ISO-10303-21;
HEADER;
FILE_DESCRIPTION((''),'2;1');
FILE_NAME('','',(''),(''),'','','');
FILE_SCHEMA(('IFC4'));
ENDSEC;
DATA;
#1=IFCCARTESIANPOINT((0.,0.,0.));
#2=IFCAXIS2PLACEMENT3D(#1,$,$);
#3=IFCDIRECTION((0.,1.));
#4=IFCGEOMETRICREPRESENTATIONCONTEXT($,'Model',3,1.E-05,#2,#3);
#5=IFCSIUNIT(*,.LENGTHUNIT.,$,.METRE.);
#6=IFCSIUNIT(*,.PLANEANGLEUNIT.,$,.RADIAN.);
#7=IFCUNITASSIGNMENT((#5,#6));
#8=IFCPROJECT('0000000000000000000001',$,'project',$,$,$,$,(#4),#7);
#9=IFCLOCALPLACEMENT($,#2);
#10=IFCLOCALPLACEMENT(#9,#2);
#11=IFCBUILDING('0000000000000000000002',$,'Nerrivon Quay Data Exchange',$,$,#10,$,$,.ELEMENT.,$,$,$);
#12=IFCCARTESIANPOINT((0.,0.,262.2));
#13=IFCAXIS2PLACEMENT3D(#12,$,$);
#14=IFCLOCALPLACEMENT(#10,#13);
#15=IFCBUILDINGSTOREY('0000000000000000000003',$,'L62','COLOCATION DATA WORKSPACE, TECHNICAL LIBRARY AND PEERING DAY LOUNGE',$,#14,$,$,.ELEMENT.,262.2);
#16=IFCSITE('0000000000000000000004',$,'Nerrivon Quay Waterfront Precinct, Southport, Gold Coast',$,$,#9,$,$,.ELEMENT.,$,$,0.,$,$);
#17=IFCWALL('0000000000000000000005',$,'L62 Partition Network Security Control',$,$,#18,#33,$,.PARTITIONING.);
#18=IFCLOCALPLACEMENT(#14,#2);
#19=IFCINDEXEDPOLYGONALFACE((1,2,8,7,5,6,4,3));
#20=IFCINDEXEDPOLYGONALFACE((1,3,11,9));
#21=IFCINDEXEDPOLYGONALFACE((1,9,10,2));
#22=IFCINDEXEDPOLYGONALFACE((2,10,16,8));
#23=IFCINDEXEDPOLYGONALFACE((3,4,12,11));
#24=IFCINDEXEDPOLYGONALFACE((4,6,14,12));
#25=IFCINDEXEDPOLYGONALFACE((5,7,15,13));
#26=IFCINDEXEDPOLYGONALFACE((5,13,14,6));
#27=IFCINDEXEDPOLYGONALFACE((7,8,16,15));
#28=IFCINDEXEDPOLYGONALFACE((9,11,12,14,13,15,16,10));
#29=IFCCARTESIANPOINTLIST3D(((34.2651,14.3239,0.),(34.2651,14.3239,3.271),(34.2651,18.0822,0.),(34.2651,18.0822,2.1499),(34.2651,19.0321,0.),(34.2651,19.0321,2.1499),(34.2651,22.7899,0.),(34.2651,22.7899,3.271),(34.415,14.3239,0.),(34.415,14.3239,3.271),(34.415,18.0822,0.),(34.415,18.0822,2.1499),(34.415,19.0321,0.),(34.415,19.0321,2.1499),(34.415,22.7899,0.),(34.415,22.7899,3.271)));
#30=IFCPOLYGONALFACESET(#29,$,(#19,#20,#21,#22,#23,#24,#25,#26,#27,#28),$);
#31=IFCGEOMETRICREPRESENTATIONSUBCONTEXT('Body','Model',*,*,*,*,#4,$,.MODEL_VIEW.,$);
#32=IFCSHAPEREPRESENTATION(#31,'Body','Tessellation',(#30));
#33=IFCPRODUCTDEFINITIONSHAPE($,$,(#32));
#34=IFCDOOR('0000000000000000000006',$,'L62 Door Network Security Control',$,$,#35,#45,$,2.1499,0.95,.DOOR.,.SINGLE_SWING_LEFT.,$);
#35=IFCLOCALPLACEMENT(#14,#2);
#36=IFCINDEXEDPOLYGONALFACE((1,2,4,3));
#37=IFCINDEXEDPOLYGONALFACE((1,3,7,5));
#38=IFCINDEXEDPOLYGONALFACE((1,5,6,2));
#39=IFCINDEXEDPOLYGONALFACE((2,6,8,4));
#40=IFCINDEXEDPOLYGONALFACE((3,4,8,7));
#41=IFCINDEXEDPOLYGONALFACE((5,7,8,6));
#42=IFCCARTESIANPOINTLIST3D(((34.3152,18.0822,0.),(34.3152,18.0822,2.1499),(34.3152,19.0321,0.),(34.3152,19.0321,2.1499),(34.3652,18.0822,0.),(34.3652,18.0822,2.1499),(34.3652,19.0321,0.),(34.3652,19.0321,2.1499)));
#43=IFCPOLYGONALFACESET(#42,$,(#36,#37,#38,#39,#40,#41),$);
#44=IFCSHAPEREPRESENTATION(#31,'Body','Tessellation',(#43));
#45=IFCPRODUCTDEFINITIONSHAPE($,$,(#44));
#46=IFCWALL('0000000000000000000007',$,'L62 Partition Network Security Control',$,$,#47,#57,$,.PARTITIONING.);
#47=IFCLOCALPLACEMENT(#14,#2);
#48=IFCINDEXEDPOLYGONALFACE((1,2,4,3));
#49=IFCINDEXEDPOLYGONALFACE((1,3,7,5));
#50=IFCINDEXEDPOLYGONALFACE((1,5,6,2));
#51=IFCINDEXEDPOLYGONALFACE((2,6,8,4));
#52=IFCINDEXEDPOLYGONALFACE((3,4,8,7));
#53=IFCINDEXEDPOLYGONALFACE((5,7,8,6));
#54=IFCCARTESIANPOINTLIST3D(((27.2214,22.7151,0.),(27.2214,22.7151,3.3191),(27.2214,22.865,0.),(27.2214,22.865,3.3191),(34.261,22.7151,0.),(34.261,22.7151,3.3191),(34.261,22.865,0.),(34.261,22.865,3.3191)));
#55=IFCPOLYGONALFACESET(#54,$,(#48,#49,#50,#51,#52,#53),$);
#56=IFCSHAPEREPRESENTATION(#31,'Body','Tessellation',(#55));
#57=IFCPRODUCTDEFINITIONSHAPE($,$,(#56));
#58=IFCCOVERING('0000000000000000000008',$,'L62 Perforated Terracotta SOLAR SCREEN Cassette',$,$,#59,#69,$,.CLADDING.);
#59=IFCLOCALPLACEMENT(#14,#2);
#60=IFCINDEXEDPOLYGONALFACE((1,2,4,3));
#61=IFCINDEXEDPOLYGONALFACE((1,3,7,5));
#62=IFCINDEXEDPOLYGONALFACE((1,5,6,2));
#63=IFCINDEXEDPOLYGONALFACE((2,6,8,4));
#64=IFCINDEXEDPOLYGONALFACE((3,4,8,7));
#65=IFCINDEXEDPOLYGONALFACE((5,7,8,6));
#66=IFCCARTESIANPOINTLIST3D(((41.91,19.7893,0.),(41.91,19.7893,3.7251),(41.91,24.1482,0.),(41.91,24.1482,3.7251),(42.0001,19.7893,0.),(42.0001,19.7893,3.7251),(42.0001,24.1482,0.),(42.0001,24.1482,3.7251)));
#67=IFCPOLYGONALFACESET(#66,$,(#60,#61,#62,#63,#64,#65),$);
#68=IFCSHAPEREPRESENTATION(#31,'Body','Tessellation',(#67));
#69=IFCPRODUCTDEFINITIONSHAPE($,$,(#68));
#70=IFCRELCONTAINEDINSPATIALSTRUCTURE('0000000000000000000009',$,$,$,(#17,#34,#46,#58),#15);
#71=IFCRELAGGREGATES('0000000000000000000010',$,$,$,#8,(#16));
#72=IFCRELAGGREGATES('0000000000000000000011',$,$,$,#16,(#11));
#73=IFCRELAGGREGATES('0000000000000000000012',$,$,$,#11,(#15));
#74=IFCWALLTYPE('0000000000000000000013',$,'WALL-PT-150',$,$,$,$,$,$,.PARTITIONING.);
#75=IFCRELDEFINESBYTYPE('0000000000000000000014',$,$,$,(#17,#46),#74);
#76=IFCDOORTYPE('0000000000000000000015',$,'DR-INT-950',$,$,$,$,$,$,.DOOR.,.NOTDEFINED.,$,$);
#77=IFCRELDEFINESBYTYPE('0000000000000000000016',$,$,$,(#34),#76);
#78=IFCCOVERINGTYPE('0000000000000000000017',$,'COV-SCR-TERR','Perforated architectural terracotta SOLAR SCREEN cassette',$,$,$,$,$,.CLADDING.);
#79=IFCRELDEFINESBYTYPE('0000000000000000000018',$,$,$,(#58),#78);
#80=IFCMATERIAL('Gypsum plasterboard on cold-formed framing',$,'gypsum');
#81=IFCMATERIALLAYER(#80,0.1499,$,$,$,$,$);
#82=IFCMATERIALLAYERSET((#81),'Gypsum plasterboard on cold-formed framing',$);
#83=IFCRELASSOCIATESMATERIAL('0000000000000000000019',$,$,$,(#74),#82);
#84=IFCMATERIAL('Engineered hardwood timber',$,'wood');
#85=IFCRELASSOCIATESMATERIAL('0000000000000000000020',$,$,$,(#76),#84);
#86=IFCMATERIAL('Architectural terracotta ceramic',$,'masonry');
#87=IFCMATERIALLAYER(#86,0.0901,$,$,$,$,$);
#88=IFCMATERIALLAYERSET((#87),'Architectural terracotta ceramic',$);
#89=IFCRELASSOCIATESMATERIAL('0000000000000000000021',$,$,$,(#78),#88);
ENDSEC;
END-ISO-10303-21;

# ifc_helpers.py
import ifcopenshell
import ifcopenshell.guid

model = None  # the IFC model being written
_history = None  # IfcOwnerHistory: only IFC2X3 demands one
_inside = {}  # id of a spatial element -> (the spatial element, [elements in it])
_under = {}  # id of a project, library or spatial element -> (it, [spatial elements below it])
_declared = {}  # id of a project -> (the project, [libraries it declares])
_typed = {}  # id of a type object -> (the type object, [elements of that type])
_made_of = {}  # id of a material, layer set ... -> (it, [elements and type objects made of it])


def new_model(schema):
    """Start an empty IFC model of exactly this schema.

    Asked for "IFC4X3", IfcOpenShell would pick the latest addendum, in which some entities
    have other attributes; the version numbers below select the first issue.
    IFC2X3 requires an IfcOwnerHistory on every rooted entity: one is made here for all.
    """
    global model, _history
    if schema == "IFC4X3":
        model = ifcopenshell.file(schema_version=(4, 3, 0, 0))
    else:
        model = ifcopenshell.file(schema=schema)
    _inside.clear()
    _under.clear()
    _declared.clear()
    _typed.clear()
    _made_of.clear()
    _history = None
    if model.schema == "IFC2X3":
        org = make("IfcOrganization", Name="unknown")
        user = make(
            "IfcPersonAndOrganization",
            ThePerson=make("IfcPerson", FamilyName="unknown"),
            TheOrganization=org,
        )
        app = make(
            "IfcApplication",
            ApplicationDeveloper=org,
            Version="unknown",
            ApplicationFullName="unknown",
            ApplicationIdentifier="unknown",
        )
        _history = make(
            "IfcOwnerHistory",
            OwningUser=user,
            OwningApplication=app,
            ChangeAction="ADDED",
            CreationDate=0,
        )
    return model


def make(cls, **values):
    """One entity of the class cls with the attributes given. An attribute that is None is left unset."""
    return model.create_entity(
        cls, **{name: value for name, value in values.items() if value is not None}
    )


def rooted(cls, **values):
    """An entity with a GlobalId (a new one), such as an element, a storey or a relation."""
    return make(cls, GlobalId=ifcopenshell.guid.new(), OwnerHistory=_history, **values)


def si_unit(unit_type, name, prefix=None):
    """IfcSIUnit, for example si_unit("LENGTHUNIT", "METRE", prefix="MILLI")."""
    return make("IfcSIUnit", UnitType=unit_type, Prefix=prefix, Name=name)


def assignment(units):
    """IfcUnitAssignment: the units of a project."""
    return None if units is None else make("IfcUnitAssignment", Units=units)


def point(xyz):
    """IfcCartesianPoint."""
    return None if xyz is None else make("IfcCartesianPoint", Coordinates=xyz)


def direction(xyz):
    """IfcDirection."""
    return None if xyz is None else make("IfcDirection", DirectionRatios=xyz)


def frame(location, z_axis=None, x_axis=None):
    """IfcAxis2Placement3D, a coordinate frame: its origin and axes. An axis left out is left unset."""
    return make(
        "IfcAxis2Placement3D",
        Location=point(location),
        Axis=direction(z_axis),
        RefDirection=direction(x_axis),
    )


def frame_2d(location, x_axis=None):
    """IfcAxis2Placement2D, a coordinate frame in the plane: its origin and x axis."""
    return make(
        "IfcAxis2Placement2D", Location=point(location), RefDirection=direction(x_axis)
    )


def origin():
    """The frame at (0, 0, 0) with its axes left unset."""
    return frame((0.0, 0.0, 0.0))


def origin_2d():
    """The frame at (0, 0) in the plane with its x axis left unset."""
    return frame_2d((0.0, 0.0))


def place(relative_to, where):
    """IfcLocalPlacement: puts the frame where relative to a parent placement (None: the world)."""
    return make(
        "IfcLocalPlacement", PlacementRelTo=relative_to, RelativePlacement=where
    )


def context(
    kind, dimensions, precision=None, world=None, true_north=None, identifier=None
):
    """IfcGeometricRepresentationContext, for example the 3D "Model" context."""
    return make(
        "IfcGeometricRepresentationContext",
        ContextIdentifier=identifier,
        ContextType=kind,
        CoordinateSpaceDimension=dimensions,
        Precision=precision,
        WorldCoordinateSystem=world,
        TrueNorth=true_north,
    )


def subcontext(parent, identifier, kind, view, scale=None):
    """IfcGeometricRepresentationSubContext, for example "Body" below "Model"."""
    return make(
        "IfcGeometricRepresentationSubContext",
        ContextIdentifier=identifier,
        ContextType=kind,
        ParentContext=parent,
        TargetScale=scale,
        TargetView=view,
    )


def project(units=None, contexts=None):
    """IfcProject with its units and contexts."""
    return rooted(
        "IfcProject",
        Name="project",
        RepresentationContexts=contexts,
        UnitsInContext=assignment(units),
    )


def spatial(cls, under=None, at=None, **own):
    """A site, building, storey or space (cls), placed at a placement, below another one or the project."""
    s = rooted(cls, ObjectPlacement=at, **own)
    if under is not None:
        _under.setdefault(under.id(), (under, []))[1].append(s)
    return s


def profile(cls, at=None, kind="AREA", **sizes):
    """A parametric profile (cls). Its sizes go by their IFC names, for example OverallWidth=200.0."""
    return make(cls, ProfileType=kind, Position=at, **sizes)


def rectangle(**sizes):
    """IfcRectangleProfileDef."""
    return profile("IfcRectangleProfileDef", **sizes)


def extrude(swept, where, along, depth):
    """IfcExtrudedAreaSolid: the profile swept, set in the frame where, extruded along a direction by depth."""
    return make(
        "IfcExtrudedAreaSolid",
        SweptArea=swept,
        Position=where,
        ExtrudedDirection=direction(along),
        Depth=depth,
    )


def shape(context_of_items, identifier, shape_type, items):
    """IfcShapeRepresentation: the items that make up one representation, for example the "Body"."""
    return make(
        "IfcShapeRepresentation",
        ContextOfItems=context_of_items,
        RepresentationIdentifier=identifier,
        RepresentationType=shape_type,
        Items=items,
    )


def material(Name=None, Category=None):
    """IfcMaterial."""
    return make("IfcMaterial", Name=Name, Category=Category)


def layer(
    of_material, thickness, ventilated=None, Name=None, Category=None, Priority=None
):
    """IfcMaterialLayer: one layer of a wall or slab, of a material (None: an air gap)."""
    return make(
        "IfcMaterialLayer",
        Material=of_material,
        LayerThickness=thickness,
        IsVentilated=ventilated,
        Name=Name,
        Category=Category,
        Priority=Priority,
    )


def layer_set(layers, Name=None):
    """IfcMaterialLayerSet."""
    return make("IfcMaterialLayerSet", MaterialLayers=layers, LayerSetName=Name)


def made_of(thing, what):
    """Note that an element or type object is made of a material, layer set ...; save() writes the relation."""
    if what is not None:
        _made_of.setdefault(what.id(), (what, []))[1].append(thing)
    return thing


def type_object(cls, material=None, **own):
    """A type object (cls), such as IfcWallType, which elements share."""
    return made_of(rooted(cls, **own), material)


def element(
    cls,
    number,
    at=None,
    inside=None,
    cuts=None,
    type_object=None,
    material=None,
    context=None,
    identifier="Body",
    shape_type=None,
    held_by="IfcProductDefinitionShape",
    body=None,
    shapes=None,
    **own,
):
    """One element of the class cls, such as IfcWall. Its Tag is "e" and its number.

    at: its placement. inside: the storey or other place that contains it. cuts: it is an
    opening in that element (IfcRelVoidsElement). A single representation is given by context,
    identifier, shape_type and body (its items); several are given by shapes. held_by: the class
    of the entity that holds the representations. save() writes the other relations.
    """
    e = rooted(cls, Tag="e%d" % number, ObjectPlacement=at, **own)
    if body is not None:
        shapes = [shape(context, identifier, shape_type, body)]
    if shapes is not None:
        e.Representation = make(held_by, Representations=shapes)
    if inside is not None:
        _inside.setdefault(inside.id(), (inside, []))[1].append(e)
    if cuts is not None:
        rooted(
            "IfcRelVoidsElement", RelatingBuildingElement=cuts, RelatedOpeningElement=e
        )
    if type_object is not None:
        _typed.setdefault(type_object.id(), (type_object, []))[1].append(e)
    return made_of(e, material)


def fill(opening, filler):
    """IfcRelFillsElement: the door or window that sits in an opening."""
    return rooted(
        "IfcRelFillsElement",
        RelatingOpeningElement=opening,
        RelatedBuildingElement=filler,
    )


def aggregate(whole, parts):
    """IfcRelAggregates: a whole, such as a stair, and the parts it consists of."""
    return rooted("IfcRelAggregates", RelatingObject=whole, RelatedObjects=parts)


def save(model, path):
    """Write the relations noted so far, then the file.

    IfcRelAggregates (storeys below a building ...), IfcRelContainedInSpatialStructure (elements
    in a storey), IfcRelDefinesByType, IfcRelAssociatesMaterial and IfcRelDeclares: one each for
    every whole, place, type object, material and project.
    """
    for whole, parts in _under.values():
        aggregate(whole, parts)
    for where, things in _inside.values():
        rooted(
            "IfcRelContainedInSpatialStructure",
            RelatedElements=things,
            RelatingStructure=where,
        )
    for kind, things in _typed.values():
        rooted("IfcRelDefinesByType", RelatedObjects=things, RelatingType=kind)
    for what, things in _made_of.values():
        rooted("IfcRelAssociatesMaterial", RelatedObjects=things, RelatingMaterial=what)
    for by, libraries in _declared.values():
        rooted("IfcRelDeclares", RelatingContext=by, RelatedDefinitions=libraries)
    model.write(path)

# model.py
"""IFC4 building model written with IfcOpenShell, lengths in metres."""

from ifc_helpers import new_model, si_unit, direction, frame, frame_2d, origin, origin_2d, place, context, subcontext, project, spatial, rectangle, extrude, material, layer, layer_set, type_object, element, fill, save


model = new_model("IFC4")

# Units and contexts
model_context = context("Model", 3, precision=1e-05, world=origin(), true_north=direction((0.0, 1.0)))
body_context = subcontext(model_context, "Body", "Model", "MODEL_VIEW")
ifc_project = project(units=[si_unit("LENGTHUNIT", "METRE"), si_unit("PLANEANGLEUNIT", "RADIAN")], contexts=[model_context])

# Site, building, storey
site_placement = place(None, origin())
site = spatial("IfcSite", under=ifc_project, at=site_placement, Name="Nerrivon Quay Waterfront Precinct, Southport, Gold Coast", CompositionType="ELEMENT", RefElevation=0.0)
building_placement = place(site_placement, origin())
building = spatial("IfcBuilding", under=site, at=building_placement, Name="Nerrivon Quay Data Exchange", CompositionType="ELEMENT")
storey_placement = place(building_placement, frame((0.0, 0.0, 262.2)))
storey = spatial("IfcBuildingStorey", under=building, at=storey_placement, Name="L62", Description="COLOCATION DATA WORKSPACE, TECHNICAL LIBRARY AND PEERING DAY LOUNGE", CompositionType="ELEMENT", Elevation=262.2)

# Wall, opening, door
ifc_material_1 = material(Name="Gypsum plasterboard on cold-formed framing", Category="gypsum")
ifc_material_2 = material(Name="Engineered hardwood timber", Category="wood")
ifc_layer_1 = layer(ifc_material_1, 0.1499)
ifc_layer_set_1 = layer_set([ifc_layer_1], Name="Gypsum plasterboard on cold-formed framing")
wall_type_1 = type_object("IfcWallType", Name="WALL-PT-150", PredefinedType="PARTITIONING", material=ifc_layer_set_1)
wall_1_placement = place(storey_placement, frame((34.3401, 14.324, 0.0), z_axis=(0.0, 0.0, 1.0), x_axis=(0.0, 1.0, 0.0)))
wall_1 = element("IfcWall", 1, at=wall_1_placement, inside=storey, type_object=wall_type_1, Name="L62 Partition Network Security Control", PredefinedType="PARTITIONING", context=body_context, shape_type="SweptSolid", body=[
    extrude(rectangle(XDim=8.4661, YDim=0.1499, at=frame_2d((4.2329, 0.0))), origin(), (0.0, 0.0, 1.0), 3.271),
])
opening_1_placement = place(wall_1_placement, frame((3.7581, 0.0, 0.0)))
opening_1 = element("IfcOpeningElement", 2, at=opening_1_placement, cuts=wall_1, PredefinedType="OPENING", context=body_context, shape_type="SweptSolid", body=[
    extrude(rectangle(XDim=0.95, YDim=2.1499, at=frame_2d((0.4751, 1.075))), frame((0.0, 0.085, 0.0), z_axis=(0.0, -1.0, 0.0), x_axis=(1.0, 0.0, 0.0)), (0.0, 0.0, 1.0), 0.1699),
])
door_type_1 = type_object("IfcDoorType", Name="DR-INT-950", OperationType="NOTDEFINED", PredefinedType="DOOR", material=ifc_material_2)
door_1_placement = place(opening_1_placement, origin())
door_1 = element("IfcDoor", 3, at=door_1_placement, inside=storey, type_object=door_type_1, Name="L62 Door Network Security Control", OperationType="SINGLE_SWING_LEFT", OverallHeight=2.1499, OverallWidth=0.95, PredefinedType="DOOR", context=body_context, shape_type="SweptSolid", body=[
    extrude(rectangle(XDim=0.95, YDim=2.1499, at=frame_2d((0.4751, 1.075))), frame((0.0, 0.0249, 0.0), z_axis=(0.0, -1.0, 0.0), x_axis=(1.0, 0.0, 0.0)), (0.0, 0.0, 1.0), 0.05),
])
fill(opening_1, door_1)

# Wall
wall_2_placement = place(storey_placement, frame((34.261, 22.79, 0.0), z_axis=(0.0, 0.0, 1.0), x_axis=(-1.0, 0.0, 0.0)))
element("IfcWall", 4, at=wall_2_placement, inside=storey, type_object=wall_type_1, Name="L62 Partition Network Security Control", PredefinedType="PARTITIONING", context=body_context, shape_type="SweptSolid", body=[
    extrude(rectangle(XDim=7.0396, YDim=0.1499, at=frame_2d((3.5198, 0.0))), origin(), (0.0, 0.0, 1.0), 3.3191),
])

# Covering
ifc_material_3 = material(Name="Architectural terracotta ceramic", Category="masonry")
ifc_layer_2 = layer(ifc_material_3, 0.0901)
ifc_layer_set_2 = layer_set([ifc_layer_2], Name="Architectural terracotta ceramic")
covering_type = type_object("IfcCoveringType", Name="COV-SCR-TERR", Description="Perforated architectural terracotta SOLAR SCREEN cassette", PredefinedType="CLADDING", material=ifc_layer_set_2)
covering_placement = place(storey_placement, frame((41.9551, 21.9688, 0.0), z_axis=(0.0, 0.0, 1.0), x_axis=(0.0, -1.0, 0.0)))
element("IfcCovering", 5, at=covering_placement, inside=storey, type_object=covering_type, Name="L62 Perforated Terracotta SOLAR SCREEN Cassette", PredefinedType="CLADDING", context=body_context, shape_type="SweptSolid", body=[
    extrude(rectangle(XDim=4.3589, YDim=0.0901, at=origin_2d()), origin(), (0.0, 0.0, 1.0), 3.7251),
])

save(model, "model.ifc")
